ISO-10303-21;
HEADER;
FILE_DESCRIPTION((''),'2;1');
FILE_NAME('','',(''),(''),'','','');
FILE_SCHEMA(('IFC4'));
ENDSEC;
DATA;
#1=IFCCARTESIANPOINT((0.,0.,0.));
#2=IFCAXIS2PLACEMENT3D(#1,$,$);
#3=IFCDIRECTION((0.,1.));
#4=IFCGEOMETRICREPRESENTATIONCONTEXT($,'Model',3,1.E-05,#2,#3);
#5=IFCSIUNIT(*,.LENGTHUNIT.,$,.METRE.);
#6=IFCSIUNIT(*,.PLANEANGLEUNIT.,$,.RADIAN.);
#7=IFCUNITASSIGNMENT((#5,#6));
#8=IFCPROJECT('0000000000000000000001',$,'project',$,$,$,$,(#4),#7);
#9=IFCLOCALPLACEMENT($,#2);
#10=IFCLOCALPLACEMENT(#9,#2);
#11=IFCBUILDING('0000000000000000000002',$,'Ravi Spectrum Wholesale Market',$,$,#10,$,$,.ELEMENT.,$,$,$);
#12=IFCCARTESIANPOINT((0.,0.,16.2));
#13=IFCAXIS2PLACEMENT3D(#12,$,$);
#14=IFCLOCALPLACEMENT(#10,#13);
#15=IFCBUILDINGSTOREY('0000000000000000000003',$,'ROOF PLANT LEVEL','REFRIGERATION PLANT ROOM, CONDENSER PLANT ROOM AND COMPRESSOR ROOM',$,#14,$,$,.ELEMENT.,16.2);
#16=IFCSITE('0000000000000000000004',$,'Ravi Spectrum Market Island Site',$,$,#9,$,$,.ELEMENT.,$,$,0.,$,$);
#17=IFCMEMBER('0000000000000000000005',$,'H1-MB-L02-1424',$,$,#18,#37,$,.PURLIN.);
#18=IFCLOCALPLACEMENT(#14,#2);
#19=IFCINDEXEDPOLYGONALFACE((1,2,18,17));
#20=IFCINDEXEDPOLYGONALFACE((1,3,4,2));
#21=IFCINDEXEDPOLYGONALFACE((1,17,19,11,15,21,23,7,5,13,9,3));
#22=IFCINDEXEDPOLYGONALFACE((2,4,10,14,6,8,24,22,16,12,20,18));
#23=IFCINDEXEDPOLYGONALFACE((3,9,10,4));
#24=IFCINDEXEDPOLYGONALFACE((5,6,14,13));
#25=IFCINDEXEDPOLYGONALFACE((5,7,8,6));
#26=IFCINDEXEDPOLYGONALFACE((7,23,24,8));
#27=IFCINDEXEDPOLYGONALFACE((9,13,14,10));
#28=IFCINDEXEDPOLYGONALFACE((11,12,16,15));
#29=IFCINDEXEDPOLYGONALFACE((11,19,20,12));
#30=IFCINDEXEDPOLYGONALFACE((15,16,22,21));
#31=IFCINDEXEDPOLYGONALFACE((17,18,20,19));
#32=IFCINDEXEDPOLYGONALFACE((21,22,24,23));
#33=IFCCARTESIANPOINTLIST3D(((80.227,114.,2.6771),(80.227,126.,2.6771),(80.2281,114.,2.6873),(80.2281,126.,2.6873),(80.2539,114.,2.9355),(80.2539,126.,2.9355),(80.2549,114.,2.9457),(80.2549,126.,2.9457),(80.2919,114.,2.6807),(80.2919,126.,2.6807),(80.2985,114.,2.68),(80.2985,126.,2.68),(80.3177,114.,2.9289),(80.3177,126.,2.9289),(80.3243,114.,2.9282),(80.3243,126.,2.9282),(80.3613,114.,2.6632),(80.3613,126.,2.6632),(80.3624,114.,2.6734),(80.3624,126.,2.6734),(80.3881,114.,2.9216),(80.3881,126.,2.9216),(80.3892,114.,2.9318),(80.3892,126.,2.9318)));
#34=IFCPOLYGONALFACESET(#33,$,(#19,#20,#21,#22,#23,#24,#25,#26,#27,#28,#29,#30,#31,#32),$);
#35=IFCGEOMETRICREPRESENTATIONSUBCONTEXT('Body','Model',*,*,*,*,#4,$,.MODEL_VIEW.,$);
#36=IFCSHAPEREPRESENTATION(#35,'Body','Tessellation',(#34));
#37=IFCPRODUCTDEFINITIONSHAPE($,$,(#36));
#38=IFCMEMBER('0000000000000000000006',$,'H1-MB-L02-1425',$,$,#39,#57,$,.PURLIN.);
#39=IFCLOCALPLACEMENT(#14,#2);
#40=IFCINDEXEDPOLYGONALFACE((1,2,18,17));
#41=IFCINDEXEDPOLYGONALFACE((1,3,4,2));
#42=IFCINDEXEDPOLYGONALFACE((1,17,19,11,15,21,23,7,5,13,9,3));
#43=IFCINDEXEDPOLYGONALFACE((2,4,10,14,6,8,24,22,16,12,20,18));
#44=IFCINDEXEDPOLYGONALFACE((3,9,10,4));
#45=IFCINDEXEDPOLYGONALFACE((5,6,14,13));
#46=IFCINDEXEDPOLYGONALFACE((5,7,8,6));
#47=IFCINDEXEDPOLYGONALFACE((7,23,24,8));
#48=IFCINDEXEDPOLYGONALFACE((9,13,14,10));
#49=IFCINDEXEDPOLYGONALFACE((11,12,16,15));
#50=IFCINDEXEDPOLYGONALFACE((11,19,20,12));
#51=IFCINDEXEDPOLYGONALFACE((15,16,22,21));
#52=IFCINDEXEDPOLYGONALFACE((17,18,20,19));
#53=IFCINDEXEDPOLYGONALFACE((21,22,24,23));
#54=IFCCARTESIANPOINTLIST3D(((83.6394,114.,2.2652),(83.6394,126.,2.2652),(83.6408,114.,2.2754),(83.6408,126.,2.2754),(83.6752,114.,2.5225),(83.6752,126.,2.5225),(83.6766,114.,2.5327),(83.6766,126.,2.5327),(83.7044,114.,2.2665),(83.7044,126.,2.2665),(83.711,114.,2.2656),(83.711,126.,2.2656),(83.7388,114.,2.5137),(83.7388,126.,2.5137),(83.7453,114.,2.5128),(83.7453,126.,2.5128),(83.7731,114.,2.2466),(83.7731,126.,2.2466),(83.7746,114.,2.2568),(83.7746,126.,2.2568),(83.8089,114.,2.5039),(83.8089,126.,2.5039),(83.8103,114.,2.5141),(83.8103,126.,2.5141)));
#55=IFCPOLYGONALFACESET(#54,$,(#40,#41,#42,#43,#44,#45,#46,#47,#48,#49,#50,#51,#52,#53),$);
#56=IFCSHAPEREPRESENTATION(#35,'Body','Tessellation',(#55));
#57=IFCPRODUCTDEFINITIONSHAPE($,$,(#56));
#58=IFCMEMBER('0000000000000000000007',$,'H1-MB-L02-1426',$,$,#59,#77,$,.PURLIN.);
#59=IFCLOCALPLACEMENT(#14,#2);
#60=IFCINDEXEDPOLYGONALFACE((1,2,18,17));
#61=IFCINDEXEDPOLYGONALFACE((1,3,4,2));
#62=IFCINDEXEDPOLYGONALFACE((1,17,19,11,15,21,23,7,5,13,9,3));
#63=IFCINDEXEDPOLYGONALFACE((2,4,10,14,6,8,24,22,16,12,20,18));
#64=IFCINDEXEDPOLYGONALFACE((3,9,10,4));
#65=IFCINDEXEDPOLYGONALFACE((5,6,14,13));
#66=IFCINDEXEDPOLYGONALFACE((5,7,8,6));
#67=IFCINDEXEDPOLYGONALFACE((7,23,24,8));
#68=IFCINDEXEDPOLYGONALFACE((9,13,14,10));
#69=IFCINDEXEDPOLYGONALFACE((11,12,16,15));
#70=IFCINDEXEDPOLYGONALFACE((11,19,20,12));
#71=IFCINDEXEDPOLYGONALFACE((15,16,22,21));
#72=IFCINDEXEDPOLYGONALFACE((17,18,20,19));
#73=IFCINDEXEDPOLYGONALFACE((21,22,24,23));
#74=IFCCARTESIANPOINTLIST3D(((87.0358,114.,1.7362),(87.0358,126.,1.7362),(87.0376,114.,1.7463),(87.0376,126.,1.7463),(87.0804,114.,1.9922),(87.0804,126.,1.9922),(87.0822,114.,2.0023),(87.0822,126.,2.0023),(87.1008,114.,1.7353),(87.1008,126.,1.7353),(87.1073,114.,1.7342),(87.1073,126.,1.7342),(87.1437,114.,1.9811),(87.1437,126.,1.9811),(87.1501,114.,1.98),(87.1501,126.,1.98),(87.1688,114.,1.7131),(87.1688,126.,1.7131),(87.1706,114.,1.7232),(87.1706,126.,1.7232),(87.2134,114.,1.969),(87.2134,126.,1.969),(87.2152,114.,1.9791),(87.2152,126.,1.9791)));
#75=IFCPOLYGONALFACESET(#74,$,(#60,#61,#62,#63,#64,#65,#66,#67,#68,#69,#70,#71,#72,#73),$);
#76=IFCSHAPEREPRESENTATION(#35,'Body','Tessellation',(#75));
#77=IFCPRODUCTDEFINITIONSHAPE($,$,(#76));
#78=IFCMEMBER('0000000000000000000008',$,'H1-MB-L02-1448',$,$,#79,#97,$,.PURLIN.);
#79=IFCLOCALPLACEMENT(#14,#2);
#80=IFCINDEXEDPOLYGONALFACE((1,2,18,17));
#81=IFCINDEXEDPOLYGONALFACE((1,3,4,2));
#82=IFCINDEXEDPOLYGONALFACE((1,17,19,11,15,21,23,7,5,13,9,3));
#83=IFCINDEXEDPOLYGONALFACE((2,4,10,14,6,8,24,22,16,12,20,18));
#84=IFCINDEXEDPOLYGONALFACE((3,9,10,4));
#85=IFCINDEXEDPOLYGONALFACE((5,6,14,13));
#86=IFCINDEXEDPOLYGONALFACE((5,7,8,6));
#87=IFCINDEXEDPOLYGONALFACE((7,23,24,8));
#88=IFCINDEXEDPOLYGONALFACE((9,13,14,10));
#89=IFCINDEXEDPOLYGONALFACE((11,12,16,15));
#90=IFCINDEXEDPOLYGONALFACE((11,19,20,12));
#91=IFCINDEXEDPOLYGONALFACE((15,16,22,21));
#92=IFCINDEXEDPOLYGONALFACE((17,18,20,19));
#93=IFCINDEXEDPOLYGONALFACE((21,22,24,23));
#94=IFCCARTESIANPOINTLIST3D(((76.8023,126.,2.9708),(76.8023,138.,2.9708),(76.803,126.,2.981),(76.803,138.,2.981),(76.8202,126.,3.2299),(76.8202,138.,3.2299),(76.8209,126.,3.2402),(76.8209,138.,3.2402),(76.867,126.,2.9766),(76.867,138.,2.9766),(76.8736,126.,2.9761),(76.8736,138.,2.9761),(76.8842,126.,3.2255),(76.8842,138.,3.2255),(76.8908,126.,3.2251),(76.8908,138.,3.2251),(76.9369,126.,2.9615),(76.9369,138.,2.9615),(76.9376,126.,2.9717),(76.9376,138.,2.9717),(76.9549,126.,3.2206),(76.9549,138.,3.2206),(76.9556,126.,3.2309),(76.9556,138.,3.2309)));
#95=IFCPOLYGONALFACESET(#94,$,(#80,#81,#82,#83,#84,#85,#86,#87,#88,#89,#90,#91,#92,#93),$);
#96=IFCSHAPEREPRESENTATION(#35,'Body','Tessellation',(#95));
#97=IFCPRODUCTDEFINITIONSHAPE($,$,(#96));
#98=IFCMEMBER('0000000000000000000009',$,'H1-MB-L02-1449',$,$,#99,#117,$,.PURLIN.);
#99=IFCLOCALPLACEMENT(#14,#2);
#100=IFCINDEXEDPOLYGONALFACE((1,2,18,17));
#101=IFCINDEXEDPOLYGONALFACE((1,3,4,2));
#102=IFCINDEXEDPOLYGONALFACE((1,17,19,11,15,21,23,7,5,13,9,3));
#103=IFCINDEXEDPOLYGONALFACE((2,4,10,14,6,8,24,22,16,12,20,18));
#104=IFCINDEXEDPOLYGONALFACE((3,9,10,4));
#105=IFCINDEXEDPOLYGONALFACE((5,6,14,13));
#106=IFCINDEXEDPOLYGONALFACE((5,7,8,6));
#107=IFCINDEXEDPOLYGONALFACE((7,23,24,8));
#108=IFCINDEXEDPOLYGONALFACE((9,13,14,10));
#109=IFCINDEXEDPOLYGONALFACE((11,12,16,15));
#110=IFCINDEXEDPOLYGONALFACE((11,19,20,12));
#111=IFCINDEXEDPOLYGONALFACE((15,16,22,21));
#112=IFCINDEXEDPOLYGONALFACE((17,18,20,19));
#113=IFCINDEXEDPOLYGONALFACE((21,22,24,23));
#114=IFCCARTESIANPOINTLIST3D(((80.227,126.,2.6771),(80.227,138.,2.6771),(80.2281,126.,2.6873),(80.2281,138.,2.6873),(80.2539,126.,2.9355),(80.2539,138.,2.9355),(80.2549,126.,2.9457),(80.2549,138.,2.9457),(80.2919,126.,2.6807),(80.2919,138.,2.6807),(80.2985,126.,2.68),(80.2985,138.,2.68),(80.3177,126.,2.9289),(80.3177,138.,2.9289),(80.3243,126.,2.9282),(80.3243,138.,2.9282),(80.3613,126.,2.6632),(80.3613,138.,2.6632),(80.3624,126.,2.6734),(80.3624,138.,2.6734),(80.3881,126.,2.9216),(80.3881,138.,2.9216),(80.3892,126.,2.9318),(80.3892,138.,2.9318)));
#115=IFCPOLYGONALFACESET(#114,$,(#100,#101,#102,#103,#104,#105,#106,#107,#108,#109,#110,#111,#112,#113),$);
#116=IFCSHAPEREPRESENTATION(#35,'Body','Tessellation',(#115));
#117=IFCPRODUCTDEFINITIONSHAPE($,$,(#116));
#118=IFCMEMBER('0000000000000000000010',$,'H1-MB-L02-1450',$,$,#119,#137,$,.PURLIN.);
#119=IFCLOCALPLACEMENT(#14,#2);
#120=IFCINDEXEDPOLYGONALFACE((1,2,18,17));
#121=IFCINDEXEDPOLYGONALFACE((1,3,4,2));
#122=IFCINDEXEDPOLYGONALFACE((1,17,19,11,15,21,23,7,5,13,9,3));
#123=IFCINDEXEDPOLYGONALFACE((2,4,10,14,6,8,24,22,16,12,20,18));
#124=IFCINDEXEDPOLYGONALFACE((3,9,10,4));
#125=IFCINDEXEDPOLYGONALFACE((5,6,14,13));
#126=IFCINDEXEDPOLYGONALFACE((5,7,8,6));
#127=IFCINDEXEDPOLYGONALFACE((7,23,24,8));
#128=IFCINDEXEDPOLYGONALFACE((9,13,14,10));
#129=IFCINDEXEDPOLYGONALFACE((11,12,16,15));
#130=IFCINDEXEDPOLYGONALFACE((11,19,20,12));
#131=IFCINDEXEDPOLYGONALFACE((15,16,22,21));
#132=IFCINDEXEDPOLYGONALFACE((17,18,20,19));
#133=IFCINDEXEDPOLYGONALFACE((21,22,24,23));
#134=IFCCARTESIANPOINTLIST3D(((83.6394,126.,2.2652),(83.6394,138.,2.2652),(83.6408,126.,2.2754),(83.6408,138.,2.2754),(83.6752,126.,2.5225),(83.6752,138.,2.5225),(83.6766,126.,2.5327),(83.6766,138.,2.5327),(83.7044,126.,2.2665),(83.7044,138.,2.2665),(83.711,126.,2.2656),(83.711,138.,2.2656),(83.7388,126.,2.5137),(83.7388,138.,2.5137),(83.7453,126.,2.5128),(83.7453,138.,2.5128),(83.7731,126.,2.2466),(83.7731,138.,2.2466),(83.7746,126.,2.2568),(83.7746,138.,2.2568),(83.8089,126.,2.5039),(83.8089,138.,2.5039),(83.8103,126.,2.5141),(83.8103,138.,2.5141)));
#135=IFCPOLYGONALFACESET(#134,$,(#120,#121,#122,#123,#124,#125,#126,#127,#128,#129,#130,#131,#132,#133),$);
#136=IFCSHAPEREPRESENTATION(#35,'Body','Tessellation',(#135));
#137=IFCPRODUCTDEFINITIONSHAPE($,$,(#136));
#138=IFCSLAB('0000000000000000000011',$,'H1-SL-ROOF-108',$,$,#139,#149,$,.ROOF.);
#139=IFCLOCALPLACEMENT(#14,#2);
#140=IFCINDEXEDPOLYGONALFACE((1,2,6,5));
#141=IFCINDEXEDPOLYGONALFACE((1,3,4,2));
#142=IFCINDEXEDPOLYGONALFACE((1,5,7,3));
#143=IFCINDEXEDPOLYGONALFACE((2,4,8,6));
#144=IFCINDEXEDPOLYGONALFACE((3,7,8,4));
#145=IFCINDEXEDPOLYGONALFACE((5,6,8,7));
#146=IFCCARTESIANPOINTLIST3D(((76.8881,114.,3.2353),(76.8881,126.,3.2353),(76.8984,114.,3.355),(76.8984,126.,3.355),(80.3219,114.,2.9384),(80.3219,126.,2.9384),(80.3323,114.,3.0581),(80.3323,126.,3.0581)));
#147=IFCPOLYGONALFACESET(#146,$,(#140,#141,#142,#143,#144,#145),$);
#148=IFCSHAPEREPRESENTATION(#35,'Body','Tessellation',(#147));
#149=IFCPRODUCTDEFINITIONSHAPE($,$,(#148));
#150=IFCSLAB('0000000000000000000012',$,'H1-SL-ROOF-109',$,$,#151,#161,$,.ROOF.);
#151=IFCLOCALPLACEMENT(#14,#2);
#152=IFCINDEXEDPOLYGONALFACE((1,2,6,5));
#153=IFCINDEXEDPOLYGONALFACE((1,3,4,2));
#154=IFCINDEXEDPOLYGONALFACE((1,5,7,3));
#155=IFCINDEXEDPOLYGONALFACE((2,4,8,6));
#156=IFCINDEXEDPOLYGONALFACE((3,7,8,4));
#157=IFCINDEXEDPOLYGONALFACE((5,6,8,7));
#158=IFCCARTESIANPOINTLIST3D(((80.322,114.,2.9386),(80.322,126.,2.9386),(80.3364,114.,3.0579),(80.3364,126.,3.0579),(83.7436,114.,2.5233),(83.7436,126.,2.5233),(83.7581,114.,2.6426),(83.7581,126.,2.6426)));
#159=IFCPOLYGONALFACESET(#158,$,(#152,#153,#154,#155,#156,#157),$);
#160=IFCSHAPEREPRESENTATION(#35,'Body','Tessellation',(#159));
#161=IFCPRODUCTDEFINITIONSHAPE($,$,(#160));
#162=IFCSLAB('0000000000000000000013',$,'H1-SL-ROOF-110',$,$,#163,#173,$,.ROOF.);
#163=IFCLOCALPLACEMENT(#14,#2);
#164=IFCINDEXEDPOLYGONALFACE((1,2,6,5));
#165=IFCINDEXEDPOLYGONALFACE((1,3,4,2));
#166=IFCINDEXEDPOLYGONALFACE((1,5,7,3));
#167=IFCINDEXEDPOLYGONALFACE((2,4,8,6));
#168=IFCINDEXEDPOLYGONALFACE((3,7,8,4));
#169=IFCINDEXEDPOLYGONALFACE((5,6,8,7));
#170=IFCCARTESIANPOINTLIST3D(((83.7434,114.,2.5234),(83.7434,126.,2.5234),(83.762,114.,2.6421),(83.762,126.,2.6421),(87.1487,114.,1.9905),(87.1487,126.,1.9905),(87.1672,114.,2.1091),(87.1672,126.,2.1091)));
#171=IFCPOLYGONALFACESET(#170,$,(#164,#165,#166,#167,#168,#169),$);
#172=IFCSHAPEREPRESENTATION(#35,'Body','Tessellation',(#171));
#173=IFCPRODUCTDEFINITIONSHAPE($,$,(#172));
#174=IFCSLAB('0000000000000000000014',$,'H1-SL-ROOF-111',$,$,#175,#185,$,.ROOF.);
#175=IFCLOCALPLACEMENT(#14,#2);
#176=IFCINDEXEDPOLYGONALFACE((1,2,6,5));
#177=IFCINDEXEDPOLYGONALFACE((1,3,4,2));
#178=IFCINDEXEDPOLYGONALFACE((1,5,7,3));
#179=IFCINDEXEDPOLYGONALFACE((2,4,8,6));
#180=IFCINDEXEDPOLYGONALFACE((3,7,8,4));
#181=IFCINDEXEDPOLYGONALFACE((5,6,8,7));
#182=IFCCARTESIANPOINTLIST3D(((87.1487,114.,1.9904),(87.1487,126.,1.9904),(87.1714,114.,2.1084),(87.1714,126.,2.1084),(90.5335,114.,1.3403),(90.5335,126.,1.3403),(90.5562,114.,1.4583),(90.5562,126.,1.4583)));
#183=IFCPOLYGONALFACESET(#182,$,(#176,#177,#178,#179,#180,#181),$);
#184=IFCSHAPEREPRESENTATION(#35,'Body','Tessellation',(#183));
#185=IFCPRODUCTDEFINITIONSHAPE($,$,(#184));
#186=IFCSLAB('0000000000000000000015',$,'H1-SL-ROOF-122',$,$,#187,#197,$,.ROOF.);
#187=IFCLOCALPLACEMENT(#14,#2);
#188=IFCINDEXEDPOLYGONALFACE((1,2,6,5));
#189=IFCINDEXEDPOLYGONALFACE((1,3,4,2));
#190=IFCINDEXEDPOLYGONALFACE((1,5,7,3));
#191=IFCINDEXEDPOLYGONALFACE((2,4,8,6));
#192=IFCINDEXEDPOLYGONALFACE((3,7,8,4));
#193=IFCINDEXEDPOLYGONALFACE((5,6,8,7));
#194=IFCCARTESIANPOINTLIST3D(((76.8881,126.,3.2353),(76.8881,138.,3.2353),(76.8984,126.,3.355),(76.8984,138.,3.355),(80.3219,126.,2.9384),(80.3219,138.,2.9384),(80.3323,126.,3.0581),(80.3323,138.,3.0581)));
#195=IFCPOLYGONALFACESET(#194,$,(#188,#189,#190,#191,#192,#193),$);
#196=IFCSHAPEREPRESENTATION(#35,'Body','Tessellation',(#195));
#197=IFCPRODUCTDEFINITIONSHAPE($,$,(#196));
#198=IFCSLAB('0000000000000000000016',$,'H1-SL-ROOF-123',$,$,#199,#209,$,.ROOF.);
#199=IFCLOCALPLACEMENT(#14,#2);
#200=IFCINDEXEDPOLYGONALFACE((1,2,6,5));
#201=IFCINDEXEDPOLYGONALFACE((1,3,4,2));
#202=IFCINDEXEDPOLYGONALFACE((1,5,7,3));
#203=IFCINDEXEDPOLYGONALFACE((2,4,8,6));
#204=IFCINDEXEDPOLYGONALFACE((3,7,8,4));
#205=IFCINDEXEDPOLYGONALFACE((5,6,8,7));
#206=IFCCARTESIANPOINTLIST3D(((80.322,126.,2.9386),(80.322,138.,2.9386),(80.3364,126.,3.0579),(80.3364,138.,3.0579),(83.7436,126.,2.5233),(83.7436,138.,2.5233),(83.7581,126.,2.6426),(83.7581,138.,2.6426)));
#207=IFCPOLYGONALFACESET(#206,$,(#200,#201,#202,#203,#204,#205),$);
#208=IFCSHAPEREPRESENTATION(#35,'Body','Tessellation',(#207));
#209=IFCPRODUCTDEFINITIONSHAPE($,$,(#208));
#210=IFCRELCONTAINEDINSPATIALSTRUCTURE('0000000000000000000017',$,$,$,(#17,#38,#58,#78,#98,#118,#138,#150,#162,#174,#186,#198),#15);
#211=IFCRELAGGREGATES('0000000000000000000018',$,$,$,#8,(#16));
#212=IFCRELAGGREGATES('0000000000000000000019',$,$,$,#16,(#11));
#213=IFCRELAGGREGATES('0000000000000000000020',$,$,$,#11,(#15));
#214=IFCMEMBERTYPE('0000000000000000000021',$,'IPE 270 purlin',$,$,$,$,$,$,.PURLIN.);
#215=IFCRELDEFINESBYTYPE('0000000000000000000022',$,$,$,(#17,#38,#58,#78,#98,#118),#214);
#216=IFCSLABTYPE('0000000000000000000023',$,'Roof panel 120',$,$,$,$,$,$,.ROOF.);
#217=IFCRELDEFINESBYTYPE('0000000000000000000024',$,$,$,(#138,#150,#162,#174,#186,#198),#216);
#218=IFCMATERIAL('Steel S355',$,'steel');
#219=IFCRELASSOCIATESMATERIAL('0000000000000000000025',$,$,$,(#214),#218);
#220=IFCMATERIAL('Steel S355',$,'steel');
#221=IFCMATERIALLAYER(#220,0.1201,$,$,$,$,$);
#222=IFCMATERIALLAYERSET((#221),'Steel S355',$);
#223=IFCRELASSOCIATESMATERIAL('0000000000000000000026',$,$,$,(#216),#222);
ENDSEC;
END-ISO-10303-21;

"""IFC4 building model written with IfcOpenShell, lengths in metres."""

from ifc_helpers import new_model, si_unit, direction, frame, origin, origin_2d, place, context, subcontext, project, spatial, polyline, i_section, outline, extrude, material, layer, layer_set, material_profile, profile_set, type_object, element, save


model = new_model("IFC4")

# Units and contexts
model_context = context("Model", 3, precision=1e-05, world=origin(), true_north=direction((0.0, 1.0)))
body_context = subcontext(model_context, "Body", "Model", "MODEL_VIEW")
ifc_project = project(units=[si_unit("LENGTHUNIT", "METRE"), si_unit("PLANEANGLEUNIT", "RADIAN")], contexts=[model_context])

# Site, building, storey
site_placement = place(None, origin())
site = spatial("IfcSite", under=ifc_project, at=site_placement, Name="Ravi Spectrum Market Island Site", CompositionType="ELEMENT", RefElevation=0.0)
building_placement = place(site_placement, origin())
building = spatial("IfcBuilding", under=site, at=building_placement, Name="Ravi Spectrum Wholesale Market", CompositionType="ELEMENT")
storey_placement = place(building_placement, frame((0.0, 0.0, 16.2)))
storey = spatial("IfcBuildingStorey", under=building, at=storey_placement, Name="ROOF PLANT LEVEL", Description="REFRIGERATION PLANT ROOM, CONDENSER PLANT ROOM AND COMPRESSOR ROOM", CompositionType="ELEMENT", Elevation=16.2)

# Members
ifc_material_1 = material(Name="Steel S355", Category="steel")
ifc_material_profile_1 = material_profile(ifc_material_1, i_section(OverallWidth=0.135, OverallDepth=0.27, WebThickness=0.0066, FlangeThickness=0.0103, at=origin_2d()))
ifc_profile_set_1 = profile_set([ifc_material_profile_1], Name="Steel S355")
member_type_1 = type_object("IfcMemberType", Name="IPE 270 purlin", PredefinedType="PURLIN", material=ifc_profile_set_1)
for number, where, z_axis, x_axis, name in (
    (1, (80.3081, 114.0, 2.8044), (0.0, 1.0, 0.0), (-0.994649, 0.0, 0.103311), "H1-MB-L02-1424"),
    (2, (83.7249, 114.0, 2.3896), (0.0, 1.0, 0.0), (-0.990494, 0.0, 0.137557), "H1-MB-L02-1425"),
    (3, (87.1255, 114.0, 1.8577), (0.0, 1.0, 0.0), (-0.98516, 0.0, 0.171639), "H1-MB-L02-1426"),
    (4, (76.8789, 126.0, 3.1008), (0.0, 1.0, 0.0), (-0.997621, 0.0, 0.068943), "H1-MB-L02-1448"),
    (5, (80.3081, 126.0, 2.8044), (0.0, 1.0, 0.0), (-0.994649, 0.0, 0.103311), "H1-MB-L02-1449"),
    (6, (83.7249, 126.0, 2.3896), (0.0, 1.0, 0.0), (-0.990494, 0.0, 0.137557), "H1-MB-L02-1450"),
):
    element("IfcMember", number, at=place(storey_placement, frame(where, z_axis=z_axis, x_axis=x_axis)), inside=storey, type_object=member_type_1, Name=name, PredefinedType="PURLIN", context=body_context, shape_type="SweptSolid", body=[
        extrude(i_section(OverallWidth=0.135, OverallDepth=0.27, WebThickness=0.0066, FlangeThickness=0.0103, at=origin_2d()), origin(), (0.0, 0.0, 1.0), 12.0),
    ])

# Slabs
ifc_material_2 = material(Name="Steel S355", Category="steel")
ifc_layer_1 = layer(ifc_material_2, 0.1201)
ifc_layer_set_1 = layer_set([ifc_layer_1], Name="Steel S355")
slab_type = type_object("IfcSlabType", Name="Roof panel 120", PredefinedType="ROOF", material=ifc_layer_set_1)
slab_1_placement = place(storey_placement, frame((76.8984, 114.0, 3.355), z_axis=(0.086134, 0.0, 0.996284), x_axis=(0.996284, 0.0, -0.086134)))
element("IfcSlab", 7, at=slab_1_placement, inside=storey, type_object=slab_type, Name="H1-SL-ROOF-108", PredefinedType="ROOF", context=body_context, shape_type="SweptSolid", body=[
    extrude(outline(polyline([(0.0, 0.0), (3.4466, 0.0), (3.4466, 12.0), (0.0, 12.0), (0.0, 0.0)])), origin(), (0.0, 0.0, -1.0), 0.1201),
])
slab_2_placement = place(storey_placement, frame((80.3364, 114.0, 3.0579), z_axis=(0.120486, 0.0, 0.992715), x_axis=(0.992715, 0.0, -0.120486)))
element("IfcSlab", 8, at=slab_2_placement, inside=storey, type_object=slab_type, Name="H1-SL-ROOF-109", PredefinedType="ROOF", context=body_context, shape_type="SweptSolid", body=[
    extrude(outline(polyline([(0.0, 0.0), (3.4467, 0.0), (3.4467, 12.0), (0.0, 12.0), (0.0, 0.0)])), origin(), (0.0, 0.0, -1.0), 0.1201),
])
slab_3_placement = place(storey_placement, frame((83.762, 114.0, 2.6421), z_axis=(0.154628, 0.0, 0.987973), x_axis=(0.987973, 0.0, -0.154628)))
element("IfcSlab", 9, at=slab_3_placement, inside=storey, type_object=slab_type, Name="H1-SL-ROOF-110", PredefinedType="ROOF", context=body_context, shape_type="SweptSolid", body=[
    extrude(outline(polyline([(0.0, 0.0), (3.4467, 0.0), (3.4467, 12.0), (0.0, 12.0), (0.0, 0.0)])), origin(), (0.0, 0.0, -1.0), 0.1201),
])
slab_4_placement = place(storey_placement, frame((87.1714, 114.0, 2.1084), z_axis=(0.188632, 0.0, 0.982048), x_axis=(0.982048, 0.0, -0.188632)))
element("IfcSlab", 10, at=slab_4_placement, inside=storey, type_object=slab_type, Name="H1-SL-ROOF-111", PredefinedType="ROOF", context=body_context, shape_type="SweptSolid", body=[
    extrude(outline(polyline([(0.0, 0.0), (3.4466, 0.0), (3.4466, 12.0), (0.0, 12.0), (0.0, 0.0)])), origin(), (0.0, 0.0, -1.0), 0.1201),
])
slab_5_placement = place(storey_placement, frame((76.8984, 126.0, 3.355), z_axis=(0.086134, 0.0, 0.996284), x_axis=(0.996284, 0.0, -0.086134)))
element("IfcSlab", 11, at=slab_5_placement, inside=storey, type_object=slab_type, Name="H1-SL-ROOF-122", PredefinedType="ROOF", context=body_context, shape_type="SweptSolid", body=[
    extrude(outline(polyline([(0.0, 0.0), (3.4466, 0.0), (3.4466, 12.0), (0.0, 12.0), (0.0, 0.0)])), origin(), (0.0, 0.0, -1.0), 0.1201),
])
slab_6_placement = place(storey_placement, frame((80.3364, 126.0, 3.0579), z_axis=(0.120486, 0.0, 0.992715), x_axis=(0.992715, 0.0, -0.120486)))
element("IfcSlab", 12, at=slab_6_placement, inside=storey, type_object=slab_type, Name="H1-SL-ROOF-123", PredefinedType="ROOF", context=body_context, shape_type="SweptSolid", body=[
    extrude(outline(polyline([(0.0, 0.0), (3.4467, 0.0), (3.4467, 12.0), (0.0, 12.0), (0.0, 0.0)])), origin(), (0.0, 0.0, -1.0), 0.1201),
])

save(model, "model.ifc")
